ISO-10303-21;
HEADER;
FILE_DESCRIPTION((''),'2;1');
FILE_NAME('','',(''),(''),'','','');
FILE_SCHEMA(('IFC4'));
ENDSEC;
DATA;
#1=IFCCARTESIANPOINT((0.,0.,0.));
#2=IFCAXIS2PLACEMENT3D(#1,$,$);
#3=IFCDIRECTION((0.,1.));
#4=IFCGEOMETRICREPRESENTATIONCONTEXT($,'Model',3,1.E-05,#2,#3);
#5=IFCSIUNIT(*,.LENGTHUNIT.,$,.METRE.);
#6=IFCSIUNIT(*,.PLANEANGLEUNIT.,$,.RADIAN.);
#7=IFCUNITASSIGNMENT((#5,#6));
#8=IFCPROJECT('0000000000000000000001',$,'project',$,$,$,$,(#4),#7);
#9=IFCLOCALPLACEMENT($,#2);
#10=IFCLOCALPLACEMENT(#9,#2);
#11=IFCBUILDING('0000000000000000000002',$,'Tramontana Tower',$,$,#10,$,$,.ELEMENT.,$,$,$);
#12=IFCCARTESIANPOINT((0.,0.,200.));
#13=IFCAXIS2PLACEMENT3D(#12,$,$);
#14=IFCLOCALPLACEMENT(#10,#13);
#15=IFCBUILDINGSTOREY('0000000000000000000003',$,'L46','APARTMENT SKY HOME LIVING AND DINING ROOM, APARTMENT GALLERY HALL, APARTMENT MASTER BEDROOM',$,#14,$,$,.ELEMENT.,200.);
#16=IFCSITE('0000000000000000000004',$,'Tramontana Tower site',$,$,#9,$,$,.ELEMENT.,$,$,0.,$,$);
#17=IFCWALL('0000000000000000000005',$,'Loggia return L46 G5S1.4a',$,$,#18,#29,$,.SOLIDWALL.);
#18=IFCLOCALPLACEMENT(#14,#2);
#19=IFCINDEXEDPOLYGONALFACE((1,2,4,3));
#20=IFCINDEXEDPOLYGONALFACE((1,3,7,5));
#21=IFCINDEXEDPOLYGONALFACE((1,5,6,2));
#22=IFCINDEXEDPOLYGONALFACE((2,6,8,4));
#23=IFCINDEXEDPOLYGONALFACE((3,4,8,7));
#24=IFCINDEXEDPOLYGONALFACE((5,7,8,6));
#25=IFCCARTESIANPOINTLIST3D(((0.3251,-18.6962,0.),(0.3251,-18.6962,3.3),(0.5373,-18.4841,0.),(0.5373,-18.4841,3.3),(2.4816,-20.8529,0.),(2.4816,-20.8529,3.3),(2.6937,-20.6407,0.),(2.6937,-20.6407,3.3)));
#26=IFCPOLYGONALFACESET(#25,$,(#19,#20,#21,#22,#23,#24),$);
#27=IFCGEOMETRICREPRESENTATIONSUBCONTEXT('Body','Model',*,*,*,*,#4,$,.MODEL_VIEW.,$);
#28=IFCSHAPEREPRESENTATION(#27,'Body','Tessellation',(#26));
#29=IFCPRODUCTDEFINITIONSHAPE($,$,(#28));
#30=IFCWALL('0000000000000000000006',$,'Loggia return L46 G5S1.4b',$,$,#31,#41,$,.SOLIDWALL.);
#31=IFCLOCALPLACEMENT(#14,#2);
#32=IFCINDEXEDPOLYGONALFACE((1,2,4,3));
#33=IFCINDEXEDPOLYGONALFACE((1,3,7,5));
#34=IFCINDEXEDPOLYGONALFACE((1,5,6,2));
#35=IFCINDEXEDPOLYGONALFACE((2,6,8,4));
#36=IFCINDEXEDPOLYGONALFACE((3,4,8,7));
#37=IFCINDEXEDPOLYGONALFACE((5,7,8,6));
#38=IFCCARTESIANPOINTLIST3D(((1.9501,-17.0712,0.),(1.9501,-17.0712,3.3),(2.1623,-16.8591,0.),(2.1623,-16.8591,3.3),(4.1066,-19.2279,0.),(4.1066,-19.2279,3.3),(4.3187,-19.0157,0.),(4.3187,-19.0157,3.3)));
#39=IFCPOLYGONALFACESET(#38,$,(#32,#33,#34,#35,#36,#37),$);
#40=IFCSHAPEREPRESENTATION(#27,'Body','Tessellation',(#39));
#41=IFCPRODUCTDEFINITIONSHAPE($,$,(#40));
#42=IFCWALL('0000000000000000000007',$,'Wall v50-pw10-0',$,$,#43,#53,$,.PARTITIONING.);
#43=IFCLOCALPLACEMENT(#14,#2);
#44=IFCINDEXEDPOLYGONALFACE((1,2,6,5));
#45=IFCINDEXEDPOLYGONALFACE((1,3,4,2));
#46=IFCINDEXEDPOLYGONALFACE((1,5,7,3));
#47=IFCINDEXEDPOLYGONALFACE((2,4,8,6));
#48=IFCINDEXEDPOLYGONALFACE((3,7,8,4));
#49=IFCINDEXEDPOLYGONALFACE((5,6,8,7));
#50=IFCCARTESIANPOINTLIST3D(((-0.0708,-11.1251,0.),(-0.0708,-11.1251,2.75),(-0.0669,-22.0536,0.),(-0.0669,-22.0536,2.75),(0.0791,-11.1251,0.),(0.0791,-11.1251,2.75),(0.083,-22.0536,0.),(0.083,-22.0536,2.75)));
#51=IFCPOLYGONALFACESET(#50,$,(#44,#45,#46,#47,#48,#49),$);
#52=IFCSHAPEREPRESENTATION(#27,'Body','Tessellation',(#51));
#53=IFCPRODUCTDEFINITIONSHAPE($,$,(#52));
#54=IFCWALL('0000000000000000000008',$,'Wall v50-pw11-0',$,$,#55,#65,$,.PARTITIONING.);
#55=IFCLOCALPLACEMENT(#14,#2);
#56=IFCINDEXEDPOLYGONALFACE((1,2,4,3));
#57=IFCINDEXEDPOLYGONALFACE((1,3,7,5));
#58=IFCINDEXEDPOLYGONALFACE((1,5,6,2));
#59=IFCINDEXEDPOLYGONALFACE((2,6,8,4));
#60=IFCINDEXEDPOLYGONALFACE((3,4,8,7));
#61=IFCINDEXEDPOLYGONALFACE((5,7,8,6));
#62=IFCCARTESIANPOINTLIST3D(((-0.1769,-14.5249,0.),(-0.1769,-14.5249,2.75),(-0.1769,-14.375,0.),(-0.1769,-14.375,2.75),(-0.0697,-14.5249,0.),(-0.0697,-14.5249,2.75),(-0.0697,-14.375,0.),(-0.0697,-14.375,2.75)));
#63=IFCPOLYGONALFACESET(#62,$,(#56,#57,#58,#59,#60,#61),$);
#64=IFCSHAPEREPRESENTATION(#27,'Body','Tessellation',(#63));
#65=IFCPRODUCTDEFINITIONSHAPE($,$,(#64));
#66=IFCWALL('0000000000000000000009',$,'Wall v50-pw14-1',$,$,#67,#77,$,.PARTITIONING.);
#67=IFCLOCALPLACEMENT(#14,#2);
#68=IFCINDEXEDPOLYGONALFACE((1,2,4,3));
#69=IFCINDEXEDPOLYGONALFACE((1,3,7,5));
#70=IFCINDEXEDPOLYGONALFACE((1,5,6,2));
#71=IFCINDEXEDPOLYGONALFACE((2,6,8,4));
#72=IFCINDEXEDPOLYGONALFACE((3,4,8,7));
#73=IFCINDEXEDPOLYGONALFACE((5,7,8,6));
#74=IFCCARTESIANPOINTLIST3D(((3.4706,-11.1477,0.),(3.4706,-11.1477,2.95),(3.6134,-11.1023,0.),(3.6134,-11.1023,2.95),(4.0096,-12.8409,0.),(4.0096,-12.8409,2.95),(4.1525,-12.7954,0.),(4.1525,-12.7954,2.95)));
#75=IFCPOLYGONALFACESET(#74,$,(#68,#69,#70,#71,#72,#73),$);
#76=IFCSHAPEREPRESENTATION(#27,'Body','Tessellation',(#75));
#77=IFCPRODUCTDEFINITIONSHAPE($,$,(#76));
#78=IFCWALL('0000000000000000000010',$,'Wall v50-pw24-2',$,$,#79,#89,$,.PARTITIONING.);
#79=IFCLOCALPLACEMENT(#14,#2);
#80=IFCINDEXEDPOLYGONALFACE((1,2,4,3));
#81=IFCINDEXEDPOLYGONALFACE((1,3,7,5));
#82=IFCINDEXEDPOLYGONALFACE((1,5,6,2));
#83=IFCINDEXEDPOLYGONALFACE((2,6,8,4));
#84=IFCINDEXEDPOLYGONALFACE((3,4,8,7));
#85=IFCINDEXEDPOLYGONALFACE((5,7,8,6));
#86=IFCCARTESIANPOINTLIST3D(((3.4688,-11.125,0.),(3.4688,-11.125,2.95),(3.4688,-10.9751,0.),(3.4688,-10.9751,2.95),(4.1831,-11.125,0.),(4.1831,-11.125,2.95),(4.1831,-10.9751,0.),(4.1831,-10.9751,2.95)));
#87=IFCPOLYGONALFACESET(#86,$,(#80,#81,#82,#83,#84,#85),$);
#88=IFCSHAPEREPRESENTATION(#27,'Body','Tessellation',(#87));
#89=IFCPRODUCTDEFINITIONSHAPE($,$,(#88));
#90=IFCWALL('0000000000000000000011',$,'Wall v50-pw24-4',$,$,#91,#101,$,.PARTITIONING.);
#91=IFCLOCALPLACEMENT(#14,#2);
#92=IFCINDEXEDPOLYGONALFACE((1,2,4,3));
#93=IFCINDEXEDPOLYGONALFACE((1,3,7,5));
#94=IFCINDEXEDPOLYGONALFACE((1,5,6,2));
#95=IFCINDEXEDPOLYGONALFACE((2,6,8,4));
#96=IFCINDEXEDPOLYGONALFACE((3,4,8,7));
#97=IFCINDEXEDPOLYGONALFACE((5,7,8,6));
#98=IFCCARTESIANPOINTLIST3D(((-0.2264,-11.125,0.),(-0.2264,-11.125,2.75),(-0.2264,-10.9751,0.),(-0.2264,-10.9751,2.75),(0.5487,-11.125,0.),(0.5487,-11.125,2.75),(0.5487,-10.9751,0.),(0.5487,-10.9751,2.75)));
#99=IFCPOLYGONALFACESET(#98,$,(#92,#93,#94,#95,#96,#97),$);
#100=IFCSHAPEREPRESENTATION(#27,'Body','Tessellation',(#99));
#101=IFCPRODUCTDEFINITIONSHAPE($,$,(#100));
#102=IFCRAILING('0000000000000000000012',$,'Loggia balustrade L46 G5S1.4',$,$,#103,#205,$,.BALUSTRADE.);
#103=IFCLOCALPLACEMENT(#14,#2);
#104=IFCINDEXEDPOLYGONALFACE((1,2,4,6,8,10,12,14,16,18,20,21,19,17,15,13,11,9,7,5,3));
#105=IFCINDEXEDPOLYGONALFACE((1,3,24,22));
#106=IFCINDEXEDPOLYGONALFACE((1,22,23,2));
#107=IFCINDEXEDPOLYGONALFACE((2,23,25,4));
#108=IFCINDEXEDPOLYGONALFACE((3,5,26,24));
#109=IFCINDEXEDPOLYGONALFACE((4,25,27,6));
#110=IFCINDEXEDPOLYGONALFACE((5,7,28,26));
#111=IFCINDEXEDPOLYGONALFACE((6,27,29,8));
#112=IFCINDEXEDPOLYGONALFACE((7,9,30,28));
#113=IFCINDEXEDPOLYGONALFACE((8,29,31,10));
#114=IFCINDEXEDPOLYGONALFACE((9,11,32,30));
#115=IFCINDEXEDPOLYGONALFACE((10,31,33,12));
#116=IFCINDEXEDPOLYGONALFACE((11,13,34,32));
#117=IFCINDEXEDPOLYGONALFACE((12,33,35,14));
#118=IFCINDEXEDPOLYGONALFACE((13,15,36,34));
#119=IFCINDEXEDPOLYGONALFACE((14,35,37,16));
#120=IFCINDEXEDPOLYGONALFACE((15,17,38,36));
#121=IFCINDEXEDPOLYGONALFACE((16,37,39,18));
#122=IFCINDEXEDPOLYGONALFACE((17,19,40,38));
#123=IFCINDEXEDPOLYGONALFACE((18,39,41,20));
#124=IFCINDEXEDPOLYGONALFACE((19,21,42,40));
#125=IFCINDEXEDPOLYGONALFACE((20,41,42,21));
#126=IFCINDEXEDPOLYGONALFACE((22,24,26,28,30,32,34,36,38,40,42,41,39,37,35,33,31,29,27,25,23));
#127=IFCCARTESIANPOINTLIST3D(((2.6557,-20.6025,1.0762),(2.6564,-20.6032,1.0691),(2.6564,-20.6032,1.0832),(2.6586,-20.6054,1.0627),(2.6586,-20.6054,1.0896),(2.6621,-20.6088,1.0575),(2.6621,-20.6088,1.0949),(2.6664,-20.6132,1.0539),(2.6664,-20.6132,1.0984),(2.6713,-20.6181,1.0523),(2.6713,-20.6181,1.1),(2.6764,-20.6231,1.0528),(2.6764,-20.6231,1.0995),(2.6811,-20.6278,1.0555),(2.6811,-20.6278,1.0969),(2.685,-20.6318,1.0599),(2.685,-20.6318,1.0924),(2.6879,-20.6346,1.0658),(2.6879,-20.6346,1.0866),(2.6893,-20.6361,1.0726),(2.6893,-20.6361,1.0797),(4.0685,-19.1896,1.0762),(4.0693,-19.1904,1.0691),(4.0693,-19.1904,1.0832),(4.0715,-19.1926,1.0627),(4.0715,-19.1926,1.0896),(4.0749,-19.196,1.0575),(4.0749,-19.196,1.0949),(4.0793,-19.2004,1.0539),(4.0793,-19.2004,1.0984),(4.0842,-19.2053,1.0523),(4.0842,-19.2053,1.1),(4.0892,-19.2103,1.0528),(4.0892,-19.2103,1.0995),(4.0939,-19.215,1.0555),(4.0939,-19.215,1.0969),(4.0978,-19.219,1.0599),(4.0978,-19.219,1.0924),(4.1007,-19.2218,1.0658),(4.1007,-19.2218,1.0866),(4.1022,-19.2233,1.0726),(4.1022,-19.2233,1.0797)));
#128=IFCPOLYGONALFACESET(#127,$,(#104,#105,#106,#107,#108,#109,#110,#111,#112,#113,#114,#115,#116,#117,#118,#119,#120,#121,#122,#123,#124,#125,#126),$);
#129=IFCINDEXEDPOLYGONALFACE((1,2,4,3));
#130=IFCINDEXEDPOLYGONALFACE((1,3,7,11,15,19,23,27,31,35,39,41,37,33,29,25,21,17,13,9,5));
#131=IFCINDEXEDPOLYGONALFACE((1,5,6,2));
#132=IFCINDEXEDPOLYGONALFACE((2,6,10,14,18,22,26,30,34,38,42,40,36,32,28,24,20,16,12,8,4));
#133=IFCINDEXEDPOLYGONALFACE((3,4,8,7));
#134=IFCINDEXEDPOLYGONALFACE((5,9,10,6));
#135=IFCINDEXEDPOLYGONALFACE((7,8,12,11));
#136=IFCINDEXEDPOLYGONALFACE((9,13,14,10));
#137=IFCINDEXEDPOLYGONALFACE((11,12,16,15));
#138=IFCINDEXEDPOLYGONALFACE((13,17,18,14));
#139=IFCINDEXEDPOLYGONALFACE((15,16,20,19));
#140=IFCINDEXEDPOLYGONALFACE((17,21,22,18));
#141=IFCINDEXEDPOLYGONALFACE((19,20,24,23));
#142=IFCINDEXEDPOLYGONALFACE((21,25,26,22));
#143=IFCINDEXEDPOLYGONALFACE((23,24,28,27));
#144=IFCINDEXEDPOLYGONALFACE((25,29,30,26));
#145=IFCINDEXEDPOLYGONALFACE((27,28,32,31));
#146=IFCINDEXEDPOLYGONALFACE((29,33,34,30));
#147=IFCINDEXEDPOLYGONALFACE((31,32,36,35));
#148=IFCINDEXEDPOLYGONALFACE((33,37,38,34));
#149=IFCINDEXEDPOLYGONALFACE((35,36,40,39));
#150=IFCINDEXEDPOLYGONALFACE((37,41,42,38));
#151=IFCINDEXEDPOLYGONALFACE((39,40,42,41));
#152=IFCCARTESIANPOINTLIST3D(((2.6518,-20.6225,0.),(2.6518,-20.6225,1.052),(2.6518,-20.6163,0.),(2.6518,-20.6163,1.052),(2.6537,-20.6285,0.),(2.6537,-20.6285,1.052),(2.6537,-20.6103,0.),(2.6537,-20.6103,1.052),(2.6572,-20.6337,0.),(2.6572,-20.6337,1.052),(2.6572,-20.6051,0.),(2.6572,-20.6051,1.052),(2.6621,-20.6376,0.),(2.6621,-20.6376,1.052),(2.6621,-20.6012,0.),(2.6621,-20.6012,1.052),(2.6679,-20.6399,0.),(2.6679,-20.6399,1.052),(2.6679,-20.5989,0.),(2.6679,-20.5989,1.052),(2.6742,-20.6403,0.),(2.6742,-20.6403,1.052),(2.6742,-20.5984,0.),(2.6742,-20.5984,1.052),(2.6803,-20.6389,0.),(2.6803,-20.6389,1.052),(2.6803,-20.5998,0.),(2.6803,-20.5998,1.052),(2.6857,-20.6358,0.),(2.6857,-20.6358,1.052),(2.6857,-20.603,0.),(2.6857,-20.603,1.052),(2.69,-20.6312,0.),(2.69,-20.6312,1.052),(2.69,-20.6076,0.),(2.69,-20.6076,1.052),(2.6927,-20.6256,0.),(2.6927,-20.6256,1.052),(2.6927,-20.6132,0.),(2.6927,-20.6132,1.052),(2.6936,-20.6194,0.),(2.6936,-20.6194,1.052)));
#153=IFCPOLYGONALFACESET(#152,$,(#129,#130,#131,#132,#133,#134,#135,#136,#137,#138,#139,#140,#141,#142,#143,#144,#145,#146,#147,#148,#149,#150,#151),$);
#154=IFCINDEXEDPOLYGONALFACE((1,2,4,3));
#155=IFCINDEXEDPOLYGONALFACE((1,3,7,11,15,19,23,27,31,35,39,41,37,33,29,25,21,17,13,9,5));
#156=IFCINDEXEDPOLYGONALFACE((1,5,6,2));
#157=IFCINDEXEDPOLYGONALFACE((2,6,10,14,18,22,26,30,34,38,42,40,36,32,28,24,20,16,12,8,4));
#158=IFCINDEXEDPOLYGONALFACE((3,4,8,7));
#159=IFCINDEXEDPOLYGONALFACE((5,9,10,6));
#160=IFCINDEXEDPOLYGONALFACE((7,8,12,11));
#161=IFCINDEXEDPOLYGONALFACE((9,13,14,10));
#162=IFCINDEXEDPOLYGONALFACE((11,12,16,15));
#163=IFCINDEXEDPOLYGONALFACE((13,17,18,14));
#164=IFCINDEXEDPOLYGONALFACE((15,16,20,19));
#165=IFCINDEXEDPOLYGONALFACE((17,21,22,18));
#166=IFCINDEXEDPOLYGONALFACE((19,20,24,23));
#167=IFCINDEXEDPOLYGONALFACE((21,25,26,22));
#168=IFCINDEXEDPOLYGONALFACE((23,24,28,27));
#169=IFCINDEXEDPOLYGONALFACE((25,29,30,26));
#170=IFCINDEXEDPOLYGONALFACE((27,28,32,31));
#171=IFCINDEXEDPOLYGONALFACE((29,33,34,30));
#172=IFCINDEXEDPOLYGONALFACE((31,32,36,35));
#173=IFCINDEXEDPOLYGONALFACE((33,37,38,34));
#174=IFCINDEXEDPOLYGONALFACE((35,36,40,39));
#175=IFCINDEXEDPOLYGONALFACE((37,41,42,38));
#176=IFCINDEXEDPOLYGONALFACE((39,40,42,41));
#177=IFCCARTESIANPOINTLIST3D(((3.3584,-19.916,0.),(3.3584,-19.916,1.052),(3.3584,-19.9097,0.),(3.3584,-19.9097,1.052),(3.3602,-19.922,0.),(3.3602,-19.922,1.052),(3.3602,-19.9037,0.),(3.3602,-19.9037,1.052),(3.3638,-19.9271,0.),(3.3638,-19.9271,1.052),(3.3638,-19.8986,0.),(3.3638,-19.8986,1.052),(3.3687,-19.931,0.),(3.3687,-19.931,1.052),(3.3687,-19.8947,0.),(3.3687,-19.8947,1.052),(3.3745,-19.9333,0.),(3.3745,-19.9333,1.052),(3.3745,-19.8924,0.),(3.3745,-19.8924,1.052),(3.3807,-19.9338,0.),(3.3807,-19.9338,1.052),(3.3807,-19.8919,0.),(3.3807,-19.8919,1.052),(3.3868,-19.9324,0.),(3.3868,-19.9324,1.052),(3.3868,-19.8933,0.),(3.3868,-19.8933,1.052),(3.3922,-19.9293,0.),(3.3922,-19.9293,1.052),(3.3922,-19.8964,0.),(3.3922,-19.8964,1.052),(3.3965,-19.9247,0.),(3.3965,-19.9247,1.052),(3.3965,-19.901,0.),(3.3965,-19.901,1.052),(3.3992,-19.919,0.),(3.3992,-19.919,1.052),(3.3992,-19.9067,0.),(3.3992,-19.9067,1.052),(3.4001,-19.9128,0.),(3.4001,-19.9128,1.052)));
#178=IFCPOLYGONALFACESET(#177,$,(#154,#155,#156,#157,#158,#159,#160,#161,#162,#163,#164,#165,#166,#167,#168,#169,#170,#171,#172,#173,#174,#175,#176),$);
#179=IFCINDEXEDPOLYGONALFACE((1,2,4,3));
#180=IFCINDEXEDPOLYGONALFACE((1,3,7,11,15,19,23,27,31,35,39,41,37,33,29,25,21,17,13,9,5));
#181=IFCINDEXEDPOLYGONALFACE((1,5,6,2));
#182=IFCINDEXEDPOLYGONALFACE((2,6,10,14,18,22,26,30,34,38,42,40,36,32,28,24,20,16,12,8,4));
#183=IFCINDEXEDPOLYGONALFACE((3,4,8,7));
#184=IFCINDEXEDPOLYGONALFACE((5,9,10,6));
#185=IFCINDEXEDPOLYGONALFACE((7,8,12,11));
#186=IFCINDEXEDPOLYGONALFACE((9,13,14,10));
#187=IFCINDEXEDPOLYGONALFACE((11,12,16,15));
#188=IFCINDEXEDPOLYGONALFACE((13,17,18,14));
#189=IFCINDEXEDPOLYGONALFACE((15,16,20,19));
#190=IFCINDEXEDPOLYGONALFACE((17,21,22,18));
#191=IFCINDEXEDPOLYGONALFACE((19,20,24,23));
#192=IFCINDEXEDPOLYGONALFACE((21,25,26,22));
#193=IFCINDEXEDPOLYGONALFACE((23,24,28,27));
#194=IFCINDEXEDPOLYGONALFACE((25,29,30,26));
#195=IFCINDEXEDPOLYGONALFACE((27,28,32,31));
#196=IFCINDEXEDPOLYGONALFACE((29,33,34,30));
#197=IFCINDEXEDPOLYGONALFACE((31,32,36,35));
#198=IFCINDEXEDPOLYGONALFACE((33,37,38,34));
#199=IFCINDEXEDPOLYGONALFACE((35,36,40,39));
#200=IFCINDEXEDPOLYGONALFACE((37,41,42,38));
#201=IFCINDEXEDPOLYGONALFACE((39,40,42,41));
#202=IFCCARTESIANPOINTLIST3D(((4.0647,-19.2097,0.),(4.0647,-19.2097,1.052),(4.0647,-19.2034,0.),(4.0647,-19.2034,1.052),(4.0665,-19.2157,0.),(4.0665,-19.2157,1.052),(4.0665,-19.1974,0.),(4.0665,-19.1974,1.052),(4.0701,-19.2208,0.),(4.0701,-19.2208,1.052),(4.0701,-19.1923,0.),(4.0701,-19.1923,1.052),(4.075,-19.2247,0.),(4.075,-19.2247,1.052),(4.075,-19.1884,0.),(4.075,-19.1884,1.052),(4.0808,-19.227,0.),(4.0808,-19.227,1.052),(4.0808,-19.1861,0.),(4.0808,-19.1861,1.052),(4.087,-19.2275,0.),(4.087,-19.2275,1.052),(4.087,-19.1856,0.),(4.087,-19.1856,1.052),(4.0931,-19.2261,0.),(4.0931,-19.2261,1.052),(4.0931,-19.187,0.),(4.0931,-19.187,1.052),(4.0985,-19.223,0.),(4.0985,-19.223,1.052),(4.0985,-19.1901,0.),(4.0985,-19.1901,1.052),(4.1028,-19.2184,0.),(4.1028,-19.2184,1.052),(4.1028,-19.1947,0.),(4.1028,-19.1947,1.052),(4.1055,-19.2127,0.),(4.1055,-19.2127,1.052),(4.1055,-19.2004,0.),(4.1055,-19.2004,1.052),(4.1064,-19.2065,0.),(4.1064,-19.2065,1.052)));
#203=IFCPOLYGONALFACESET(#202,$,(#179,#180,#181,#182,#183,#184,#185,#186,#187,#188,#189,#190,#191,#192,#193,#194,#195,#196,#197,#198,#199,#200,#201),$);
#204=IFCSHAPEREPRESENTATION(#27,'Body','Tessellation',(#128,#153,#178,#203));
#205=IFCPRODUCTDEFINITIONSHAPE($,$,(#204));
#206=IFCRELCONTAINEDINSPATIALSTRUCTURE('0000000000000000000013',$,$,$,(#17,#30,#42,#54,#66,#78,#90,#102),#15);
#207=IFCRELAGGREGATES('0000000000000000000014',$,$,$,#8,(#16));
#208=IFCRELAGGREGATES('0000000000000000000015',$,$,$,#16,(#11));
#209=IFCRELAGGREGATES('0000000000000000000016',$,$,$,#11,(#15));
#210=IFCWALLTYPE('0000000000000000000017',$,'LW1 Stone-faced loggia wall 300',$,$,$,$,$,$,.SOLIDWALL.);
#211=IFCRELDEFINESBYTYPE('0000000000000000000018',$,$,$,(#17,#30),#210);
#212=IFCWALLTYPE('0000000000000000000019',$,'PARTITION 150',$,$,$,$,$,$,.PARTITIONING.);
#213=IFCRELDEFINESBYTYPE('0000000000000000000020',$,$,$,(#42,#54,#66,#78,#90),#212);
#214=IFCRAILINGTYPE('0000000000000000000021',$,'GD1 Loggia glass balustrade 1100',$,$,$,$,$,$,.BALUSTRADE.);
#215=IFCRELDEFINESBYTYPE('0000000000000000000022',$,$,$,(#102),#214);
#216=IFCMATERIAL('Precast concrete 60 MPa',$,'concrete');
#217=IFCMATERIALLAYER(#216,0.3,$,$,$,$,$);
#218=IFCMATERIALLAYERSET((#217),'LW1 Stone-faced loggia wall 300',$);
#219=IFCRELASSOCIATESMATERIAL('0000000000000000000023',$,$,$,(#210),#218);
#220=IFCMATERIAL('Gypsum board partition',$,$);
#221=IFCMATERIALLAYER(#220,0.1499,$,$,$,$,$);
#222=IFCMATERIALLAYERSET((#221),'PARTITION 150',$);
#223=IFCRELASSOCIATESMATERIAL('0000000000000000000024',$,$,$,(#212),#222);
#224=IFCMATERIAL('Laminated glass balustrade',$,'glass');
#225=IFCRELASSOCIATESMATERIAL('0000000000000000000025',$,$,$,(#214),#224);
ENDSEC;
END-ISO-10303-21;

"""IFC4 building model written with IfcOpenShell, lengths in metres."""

from ifc_helpers import new_model, si_unit, direction, frame, frame_2d, origin, origin_2d, place, context, subcontext, project, spatial, rectangle, circle, extrude, material, layer, layer_set, type_object, element, save


model = new_model("IFC4")

# Units and contexts
model_context = context("Model", 3, precision=1e-05, world=origin(), true_north=direction((0.0, 1.0)))
body_context = subcontext(model_context, "Body", "Model", "MODEL_VIEW")
ifc_project = project(units=[si_unit("LENGTHUNIT", "METRE"), si_unit("PLANEANGLEUNIT", "RADIAN")], contexts=[model_context])

# Site, building, storey
site_placement = place(None, origin())
site = spatial("IfcSite", under=ifc_project, at=site_placement, Name="Tramontana Tower site", CompositionType="ELEMENT", RefElevation=0.0)
building_placement = place(site_placement, origin())
building = spatial("IfcBuilding", under=site, at=building_placement, Name="Tramontana Tower", CompositionType="ELEMENT")
storey_placement = place(building_placement, frame((0.0, 0.0, 200.0)))
storey = spatial("IfcBuildingStorey", under=building, at=storey_placement, Name="L46", Description="APARTMENT SKY HOME LIVING AND DINING ROOM, APARTMENT GALLERY HALL, APARTMENT MASTER BEDROOM", CompositionType="ELEMENT", Elevation=200.0)

# Shared definitions
ifc_material_1 = material(Name="Precast concrete 60 MPa", Category="concrete")
ifc_layer_1 = layer(ifc_material_1, 0.3)
ifc_layer_set_1 = layer_set([ifc_layer_1], Name="LW1 Stone-faced loggia wall 300")
wall_type_1 = type_object("IfcWallType", Name="LW1 Stone-faced loggia wall 300", PredefinedType="SOLIDWALL", material=ifc_layer_set_1)

# Walls
for number, where, z_axis, x_axis, name in (
    (1, (2.5876, -20.7468, 0.0), (0.0, 0.0, 1.0), (-0.707067, 0.707147, 0.0), "Loggia return L46 G5S1.4a"),
    (2, (4.2126, -19.1218, 0.0), (0.0, 0.0, 1.0), (-0.707067, 0.707147, 0.0), "Loggia return L46 G5S1.4b"),
):
    element("IfcWall", number, at=place(storey_placement, frame(where, z_axis=z_axis, x_axis=x_axis)), inside=storey, type_object=wall_type_1, Name=name, PredefinedType="SOLIDWALL", context=body_context, shape_type="SweptSolid", body=[
        extrude(rectangle(XDim=3.0498, YDim=0.3, at=frame_2d((1.5249, 0.0))), origin(), (0.0, 0.0, 1.0), 3.3),
    ])
ifc_material_2 = material(Name="Gypsum board partition")
ifc_layer_2 = layer(ifc_material_2, 0.1499)
ifc_layer_set_2 = layer_set([ifc_layer_2], Name="PARTITION 150")
wall_type_2 = type_object("IfcWallType", Name="PARTITION 150", PredefinedType="PARTITIONING", material=ifc_layer_set_2)
wall_1_placement = place(storey_placement, frame((0.0042, -11.125, 0.0), z_axis=(0.0, 0.0, 1.0), x_axis=(0.000357, -1.0, 0.0)))
element("IfcWall", 3, at=wall_1_placement, inside=storey, type_object=wall_type_2, Name="Wall v50-pw10-0", PredefinedType="PARTITIONING", context=body_context, shape_type="SweptSolid", body=[
    extrude(rectangle(XDim=10.9285, YDim=0.1499, at=frame_2d((5.4644, 0.0))), origin(), (0.0, 0.0, 1.0), 2.75),
])
wall_2_placement = place(storey_placement, frame((-0.0696, -14.45, 0.0), z_axis=(0.0, 0.0, 1.0), x_axis=(-1.0, 0.0, 0.0)))
element("IfcWall", 4, at=wall_2_placement, inside=storey, type_object=wall_type_2, Name="Wall v50-pw11-0", PredefinedType="PARTITIONING", context=body_context, shape_type="SweptSolid", body=[
    extrude(rectangle(XDim=0.1072, YDim=0.1499, at=frame_2d((0.0537, 0.0))), origin(), (0.0, 0.0, 1.0), 2.75),
])

# Walls
wall_3_placement = place(storey_placement, frame((4.0811, -12.8181, 0.0), z_axis=(0.0, 0.0, 1.0), x_axis=(-0.303379, 0.95287, 0.0)))
element("IfcWall", 5, at=wall_3_placement, inside=storey, type_object=wall_type_2, Name="Wall v50-pw14-1", PredefinedType="PARTITIONING", context=body_context, shape_type="SweptSolid", body=[
    extrude(rectangle(XDim=1.7769, YDim=0.1499, at=frame_2d((0.8884, 0.0))), origin(), (0.0, 0.0, 1.0), 2.95),
])
wall_4_placement = place(storey_placement, frame((4.1831, -11.05, 0.0), z_axis=(0.0, 0.0, 1.0), x_axis=(-1.0, 0.0, 0.0)))
element("IfcWall", 6, at=wall_4_placement, inside=storey, type_object=wall_type_2, Name="Wall v50-pw24-2", PredefinedType="PARTITIONING", context=body_context, shape_type="SweptSolid", body=[
    extrude(rectangle(XDim=0.7144, YDim=0.1499, at=frame_2d((0.3572, 0.0))), origin(), (0.0, 0.0, 1.0), 2.95),
])

# Wall
wall_5_placement = place(storey_placement, frame((0.5488, -11.05, 0.0), z_axis=(0.0, 0.0, 1.0), x_axis=(-1.0, 0.0, 0.0)))
element("IfcWall", 7, at=wall_5_placement, inside=storey, type_object=wall_type_2, Name="Wall v50-pw24-4", PredefinedType="PARTITIONING", context=body_context, shape_type="SweptSolid", body=[
    extrude(rectangle(XDim=0.7751, YDim=0.1499, at=frame_2d((0.3877, 0.0))), origin(), (0.0, 0.0, 1.0), 2.75),
])

# Railing
ifc_material_3 = material(Name="Laminated glass balustrade", Category="glass")
railing_type = type_object("IfcRailingType", Name="GD1 Loggia glass balustrade 1100", PredefinedType="BALUSTRADE", material=ifc_material_3)
railing_placement = place(storey_placement, frame((2.6726, -20.6194, 0.0)))
element("IfcRailing", 8, at=railing_placement, inside=storey, type_object=railing_type, Name="Loggia balustrade L46 G5S1.4", PredefinedType="BALUSTRADE", context=body_context, shape_type="SweptSolid", body=[
    extrude(circle(Radius=0.0239, at=origin_2d()), frame((0.0, 0.0, 1.0762), z_axis=(0.707107, 0.707107, 0.0), x_axis=(-0.707107, 0.707107, 0.0)), (0.0, 0.0, 1.0), 1.998),
    extrude(circle(Radius=0.021, at=origin_2d()), origin(), (0.0, 0.0, 1.0), 1.052),
    extrude(circle(Radius=0.021, at=origin_2d()), frame((0.7065, 0.7065, 0.0)), (0.0, 0.0, 1.0), 1.052),
    extrude(circle(Radius=0.021, at=origin_2d()), frame((1.4128, 1.4128, 0.0)), (0.0, 0.0, 1.0), 1.052),
])

save(model, "model.ifc")
